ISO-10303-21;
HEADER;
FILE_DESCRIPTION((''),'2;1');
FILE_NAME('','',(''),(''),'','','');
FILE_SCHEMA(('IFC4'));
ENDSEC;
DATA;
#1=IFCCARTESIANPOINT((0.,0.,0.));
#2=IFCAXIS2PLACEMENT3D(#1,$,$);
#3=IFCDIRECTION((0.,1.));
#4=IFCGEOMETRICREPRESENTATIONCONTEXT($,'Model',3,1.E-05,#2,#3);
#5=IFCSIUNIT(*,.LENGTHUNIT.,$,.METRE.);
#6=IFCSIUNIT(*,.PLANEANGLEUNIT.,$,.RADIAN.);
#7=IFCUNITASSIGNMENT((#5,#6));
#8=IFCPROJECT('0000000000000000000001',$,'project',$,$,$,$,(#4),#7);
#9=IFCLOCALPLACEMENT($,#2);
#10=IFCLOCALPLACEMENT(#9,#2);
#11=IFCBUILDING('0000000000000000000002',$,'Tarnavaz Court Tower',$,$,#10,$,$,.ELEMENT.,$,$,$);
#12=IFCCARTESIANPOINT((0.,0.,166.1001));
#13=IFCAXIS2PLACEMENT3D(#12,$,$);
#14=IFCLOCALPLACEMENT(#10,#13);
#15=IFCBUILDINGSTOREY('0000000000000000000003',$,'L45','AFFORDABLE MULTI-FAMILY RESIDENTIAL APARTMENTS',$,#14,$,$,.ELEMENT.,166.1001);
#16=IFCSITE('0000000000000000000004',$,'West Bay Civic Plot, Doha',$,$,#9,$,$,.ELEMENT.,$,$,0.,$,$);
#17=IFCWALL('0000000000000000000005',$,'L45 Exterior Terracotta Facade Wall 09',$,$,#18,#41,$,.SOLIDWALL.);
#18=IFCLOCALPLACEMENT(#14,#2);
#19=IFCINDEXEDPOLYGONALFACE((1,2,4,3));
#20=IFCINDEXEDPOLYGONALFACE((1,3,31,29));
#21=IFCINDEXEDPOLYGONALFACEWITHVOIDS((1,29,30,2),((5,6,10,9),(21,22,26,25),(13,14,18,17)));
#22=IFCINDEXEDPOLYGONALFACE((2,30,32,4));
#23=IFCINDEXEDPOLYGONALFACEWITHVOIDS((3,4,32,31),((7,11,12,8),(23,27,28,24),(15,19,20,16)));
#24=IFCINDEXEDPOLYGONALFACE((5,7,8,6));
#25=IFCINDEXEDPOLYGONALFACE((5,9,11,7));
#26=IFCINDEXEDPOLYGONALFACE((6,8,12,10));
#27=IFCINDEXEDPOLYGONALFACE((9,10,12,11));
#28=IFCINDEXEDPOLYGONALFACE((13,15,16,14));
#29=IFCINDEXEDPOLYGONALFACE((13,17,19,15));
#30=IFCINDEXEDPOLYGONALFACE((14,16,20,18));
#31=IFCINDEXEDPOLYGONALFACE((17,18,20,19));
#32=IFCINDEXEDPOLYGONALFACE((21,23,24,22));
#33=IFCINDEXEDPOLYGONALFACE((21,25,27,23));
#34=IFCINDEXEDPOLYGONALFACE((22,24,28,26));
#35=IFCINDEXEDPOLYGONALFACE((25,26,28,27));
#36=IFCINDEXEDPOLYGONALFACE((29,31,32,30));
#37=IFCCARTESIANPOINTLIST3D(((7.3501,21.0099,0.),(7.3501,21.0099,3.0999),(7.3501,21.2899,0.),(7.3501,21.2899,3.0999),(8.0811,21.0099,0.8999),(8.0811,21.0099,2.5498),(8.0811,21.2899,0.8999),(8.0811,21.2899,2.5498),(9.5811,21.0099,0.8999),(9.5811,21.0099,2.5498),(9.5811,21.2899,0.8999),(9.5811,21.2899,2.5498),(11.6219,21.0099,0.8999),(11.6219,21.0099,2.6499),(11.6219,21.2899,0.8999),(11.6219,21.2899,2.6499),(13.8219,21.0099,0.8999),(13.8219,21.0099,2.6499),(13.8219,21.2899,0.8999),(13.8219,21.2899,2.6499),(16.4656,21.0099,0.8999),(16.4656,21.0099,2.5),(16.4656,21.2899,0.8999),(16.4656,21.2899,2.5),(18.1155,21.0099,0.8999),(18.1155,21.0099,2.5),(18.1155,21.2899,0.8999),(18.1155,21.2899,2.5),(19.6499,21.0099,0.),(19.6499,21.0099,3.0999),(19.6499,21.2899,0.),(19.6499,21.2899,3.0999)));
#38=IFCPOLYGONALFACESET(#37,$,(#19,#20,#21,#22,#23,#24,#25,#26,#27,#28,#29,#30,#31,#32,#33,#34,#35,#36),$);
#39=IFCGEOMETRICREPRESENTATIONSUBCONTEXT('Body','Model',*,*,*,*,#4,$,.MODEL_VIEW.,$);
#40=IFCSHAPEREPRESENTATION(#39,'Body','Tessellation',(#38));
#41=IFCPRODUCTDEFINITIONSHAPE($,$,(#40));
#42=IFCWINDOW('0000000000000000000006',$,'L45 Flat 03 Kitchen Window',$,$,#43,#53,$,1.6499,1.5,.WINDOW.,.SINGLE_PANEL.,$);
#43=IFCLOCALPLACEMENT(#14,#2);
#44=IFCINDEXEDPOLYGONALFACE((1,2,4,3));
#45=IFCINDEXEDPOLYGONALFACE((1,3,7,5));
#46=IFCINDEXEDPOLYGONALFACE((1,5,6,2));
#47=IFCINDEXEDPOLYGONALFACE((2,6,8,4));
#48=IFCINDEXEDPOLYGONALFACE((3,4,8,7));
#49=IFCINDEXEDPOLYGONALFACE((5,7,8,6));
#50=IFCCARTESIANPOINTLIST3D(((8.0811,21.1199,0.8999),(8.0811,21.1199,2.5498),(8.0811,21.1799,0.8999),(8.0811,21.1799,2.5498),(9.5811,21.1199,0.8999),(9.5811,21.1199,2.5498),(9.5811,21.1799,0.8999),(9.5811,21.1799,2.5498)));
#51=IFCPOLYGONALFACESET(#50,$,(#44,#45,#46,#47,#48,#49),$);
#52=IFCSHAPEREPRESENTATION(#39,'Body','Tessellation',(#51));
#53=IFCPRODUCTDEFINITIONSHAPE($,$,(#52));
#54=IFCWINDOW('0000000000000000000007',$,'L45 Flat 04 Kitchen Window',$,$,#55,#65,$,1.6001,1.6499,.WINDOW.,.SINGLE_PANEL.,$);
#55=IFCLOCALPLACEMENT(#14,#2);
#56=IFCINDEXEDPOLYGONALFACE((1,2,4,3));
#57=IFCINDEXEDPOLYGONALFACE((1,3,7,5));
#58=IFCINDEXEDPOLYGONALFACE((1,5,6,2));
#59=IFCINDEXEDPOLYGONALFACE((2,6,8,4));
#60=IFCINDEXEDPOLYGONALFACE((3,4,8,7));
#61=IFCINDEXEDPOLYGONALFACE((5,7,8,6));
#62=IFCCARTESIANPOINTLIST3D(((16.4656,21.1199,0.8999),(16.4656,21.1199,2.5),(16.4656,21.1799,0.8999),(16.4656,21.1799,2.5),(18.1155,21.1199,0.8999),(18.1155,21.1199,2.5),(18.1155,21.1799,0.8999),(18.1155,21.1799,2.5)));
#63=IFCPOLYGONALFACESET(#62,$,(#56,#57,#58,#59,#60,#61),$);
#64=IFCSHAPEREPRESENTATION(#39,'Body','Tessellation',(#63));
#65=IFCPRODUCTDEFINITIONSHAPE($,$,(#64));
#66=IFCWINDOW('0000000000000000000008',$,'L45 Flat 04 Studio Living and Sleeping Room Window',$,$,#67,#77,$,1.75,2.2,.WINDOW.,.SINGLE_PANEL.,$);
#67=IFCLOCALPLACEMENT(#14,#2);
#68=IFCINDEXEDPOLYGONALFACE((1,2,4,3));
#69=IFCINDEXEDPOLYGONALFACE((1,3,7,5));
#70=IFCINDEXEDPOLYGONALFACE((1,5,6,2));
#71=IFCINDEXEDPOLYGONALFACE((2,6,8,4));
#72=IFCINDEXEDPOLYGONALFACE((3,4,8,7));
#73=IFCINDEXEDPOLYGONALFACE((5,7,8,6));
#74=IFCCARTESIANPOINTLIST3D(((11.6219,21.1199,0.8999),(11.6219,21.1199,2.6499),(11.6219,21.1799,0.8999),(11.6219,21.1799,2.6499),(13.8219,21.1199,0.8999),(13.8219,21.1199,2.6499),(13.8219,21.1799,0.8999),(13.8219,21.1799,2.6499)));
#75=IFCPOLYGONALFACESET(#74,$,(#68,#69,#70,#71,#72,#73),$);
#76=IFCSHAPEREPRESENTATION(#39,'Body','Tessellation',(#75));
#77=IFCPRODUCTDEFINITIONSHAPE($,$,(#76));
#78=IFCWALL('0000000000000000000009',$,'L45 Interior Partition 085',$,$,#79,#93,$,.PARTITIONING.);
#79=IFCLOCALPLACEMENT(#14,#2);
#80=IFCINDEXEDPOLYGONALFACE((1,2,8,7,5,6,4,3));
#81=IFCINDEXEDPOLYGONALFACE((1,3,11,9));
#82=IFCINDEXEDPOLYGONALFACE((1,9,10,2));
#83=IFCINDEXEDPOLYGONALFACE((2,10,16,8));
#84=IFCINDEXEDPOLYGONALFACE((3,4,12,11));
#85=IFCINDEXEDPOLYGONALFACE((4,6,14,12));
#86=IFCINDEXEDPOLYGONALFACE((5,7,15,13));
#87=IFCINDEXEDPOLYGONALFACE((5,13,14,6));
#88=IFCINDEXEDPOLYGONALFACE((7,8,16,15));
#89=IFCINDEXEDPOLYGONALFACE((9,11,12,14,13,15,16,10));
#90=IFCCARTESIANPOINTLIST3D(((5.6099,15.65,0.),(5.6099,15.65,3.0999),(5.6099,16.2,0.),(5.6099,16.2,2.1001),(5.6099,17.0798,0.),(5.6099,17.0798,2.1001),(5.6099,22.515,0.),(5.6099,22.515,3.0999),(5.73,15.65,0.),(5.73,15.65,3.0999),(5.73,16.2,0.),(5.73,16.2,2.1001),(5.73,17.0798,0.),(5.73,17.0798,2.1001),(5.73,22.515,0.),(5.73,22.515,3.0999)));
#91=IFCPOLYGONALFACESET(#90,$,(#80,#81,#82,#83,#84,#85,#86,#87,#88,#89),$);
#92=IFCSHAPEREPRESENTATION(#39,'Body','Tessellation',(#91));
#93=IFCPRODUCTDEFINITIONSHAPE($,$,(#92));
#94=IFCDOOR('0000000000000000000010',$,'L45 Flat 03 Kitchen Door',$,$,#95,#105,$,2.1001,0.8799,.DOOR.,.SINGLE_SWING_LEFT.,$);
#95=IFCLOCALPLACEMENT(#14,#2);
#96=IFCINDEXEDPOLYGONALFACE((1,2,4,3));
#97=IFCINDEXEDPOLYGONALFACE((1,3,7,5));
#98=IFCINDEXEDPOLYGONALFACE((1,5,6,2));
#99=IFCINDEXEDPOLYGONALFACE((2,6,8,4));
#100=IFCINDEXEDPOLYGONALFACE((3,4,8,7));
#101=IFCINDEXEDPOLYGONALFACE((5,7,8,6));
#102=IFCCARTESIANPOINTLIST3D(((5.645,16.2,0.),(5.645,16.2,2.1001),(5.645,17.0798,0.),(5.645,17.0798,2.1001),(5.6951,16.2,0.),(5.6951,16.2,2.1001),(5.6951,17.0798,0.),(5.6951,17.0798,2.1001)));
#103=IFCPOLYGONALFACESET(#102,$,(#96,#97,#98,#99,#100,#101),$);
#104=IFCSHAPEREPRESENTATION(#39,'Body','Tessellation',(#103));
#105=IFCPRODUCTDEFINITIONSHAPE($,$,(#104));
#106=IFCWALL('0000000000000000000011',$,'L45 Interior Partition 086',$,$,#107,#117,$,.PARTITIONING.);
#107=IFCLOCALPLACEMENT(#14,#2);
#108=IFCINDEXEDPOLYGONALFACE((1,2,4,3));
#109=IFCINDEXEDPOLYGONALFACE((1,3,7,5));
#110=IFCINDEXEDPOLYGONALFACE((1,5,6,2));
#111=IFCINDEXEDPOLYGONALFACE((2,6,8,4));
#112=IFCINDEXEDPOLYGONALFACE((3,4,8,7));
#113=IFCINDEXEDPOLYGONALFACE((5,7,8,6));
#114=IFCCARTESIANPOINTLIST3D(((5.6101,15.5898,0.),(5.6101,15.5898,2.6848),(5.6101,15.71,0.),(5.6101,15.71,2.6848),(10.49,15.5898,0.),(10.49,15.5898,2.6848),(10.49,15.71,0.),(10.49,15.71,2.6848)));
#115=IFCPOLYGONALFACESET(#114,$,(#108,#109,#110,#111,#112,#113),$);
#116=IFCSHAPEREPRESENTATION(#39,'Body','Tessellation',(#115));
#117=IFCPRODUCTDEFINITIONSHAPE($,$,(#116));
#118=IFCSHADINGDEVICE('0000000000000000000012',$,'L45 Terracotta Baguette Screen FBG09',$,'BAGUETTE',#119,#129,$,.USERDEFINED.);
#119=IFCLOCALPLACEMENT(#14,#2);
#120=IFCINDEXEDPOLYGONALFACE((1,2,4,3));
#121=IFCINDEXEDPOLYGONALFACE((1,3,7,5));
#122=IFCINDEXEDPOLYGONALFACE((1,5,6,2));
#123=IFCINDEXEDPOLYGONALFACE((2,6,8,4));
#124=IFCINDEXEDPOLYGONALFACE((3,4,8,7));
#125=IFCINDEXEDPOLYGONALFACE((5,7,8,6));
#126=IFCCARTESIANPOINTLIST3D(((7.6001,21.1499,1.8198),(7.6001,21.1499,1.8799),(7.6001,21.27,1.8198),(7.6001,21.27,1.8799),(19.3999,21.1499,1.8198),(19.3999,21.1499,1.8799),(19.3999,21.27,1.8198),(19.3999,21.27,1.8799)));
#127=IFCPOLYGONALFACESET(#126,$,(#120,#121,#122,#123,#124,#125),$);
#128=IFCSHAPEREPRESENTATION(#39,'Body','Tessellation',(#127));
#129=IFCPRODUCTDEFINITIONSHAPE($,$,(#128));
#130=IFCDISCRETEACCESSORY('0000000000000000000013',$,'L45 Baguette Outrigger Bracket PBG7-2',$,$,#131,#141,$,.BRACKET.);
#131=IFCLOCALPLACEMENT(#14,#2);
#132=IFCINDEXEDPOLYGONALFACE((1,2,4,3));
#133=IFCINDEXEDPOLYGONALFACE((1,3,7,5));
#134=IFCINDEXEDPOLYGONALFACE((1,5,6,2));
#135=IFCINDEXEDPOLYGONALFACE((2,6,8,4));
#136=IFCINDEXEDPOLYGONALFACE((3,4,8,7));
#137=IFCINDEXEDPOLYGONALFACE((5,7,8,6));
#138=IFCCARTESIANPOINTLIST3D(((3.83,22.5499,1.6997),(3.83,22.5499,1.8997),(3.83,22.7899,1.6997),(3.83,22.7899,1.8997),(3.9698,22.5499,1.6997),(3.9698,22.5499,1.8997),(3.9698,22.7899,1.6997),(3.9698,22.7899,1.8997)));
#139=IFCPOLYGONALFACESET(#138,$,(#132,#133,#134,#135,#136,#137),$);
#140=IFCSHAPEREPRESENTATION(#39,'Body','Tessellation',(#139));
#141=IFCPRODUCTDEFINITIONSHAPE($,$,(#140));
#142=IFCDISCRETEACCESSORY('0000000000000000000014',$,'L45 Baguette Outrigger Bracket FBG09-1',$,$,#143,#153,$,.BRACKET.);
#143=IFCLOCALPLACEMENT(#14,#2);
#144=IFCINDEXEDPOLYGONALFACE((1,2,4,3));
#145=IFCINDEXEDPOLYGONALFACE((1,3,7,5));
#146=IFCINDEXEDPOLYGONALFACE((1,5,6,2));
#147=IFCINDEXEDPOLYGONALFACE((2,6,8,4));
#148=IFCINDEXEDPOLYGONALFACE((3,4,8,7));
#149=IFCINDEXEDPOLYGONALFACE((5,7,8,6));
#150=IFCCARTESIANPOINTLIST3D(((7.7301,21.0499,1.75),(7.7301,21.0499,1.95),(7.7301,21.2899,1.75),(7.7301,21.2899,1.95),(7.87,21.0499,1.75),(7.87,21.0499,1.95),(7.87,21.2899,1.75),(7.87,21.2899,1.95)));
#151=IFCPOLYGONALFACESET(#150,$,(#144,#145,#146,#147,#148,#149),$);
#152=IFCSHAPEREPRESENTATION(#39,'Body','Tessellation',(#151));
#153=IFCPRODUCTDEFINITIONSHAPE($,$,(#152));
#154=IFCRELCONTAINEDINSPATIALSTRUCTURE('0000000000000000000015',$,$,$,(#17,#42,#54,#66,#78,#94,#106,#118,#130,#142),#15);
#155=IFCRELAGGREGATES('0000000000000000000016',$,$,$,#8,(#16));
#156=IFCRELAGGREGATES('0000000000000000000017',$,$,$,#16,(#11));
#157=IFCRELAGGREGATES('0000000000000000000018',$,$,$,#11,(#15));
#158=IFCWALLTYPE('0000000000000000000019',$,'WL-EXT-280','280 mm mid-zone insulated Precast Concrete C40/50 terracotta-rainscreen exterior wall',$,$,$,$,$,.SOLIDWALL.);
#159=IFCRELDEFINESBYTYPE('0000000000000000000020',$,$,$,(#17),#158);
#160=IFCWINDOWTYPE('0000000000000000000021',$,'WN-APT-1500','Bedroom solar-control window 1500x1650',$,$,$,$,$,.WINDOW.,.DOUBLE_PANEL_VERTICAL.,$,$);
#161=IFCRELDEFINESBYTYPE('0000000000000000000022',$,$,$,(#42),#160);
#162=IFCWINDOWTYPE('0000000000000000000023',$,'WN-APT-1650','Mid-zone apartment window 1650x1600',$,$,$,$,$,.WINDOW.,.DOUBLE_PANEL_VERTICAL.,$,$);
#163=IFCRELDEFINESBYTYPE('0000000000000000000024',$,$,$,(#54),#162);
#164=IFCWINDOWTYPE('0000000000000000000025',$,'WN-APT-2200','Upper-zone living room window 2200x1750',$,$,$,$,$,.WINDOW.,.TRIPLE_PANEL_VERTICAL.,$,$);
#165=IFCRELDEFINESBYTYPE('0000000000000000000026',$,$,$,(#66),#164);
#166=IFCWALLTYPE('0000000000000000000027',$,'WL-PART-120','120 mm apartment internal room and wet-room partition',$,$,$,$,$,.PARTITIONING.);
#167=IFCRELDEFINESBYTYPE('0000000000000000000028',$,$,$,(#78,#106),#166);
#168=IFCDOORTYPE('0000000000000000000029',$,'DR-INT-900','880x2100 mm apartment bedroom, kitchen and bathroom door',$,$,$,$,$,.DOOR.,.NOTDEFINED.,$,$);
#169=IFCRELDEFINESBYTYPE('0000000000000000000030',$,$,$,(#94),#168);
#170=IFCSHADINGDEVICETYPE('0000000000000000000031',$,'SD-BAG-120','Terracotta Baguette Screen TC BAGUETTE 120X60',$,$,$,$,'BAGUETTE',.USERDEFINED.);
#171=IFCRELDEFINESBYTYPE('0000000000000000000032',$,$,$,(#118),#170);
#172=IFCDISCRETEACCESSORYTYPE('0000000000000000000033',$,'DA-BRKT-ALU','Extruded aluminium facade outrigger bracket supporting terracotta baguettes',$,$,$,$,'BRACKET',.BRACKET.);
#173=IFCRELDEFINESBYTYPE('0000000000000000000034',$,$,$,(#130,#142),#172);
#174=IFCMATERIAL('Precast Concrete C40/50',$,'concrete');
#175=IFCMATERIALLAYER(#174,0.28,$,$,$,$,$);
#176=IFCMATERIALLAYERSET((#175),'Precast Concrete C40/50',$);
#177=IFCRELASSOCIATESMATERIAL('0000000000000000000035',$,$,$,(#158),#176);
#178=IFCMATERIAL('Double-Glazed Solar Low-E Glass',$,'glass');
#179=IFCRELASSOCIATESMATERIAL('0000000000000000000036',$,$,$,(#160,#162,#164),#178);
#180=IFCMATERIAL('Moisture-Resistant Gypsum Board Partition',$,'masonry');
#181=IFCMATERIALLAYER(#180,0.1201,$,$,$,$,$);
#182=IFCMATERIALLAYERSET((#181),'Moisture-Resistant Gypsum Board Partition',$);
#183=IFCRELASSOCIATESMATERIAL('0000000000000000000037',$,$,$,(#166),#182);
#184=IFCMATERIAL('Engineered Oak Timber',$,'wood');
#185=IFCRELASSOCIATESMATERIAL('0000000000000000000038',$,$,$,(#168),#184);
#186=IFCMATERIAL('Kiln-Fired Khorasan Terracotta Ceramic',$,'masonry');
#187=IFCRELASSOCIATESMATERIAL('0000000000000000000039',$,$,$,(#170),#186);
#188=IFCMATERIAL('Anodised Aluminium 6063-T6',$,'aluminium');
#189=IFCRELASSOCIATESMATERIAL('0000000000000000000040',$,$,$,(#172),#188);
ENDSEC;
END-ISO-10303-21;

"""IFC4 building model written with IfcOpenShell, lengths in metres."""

from ifc_helpers import new_model, si_unit, direction, frame, frame_2d, origin, origin_2d, place, context, subcontext, project, spatial, rectangle, extrude, material, layer, layer_set, material_profile, profile_set, type_object, element, fill, save


model = new_model("IFC4")

# Units and contexts
model_context = context("Model", 3, precision=1e-05, world=origin(), true_north=direction((0.0, 1.0)))
body_context = subcontext(model_context, "Body", "Model", "MODEL_VIEW")
ifc_project = project(units=[si_unit("LENGTHUNIT", "METRE"), si_unit("PLANEANGLEUNIT", "RADIAN")], contexts=[model_context])

# Site, building, storey
site_placement = place(None, origin())
site = spatial("IfcSite", under=ifc_project, at=site_placement, Name="West Bay Civic Plot, Doha", CompositionType="ELEMENT", RefElevation=0.0)
building_placement = place(site_placement, origin())
building = spatial("IfcBuilding", under=site, at=building_placement, Name="Tarnavaz Court Tower", CompositionType="ELEMENT")
storey_placement = place(building_placement, frame((0.0, 0.0, 166.1001)))
storey = spatial("IfcBuildingStorey", under=building, at=storey_placement, Name="L45", Description="AFFORDABLE MULTI-FAMILY RESIDENTIAL APARTMENTS", CompositionType="ELEMENT", Elevation=166.1001)

# Shared definitions
ifc_material_1 = material(Name="Anodised Aluminium 6063-T6", Category="aluminium")
ifc_material_2 = material(Name="Double-Glazed Solar Low-E Glass", Category="glass")

# Shared definitions
ifc_material_3 = material(Name="Precast Concrete C40/50", Category="concrete")
ifc_layer_1 = layer(ifc_material_3, 0.28)
ifc_layer_set_1 = layer_set([ifc_layer_1], Name="Precast Concrete C40/50")
wall_type_1 = type_object("IfcWallType", Name="WL-EXT-280", Description="280 mm mid-zone insulated Precast Concrete C40/50 terracotta-rainscreen exterior wall", PredefinedType="SOLIDWALL", material=ifc_layer_set_1)

# Wall, openings, windows
wall_1_placement = place(storey_placement, frame((7.3501, 21.1499, 0.0), z_axis=(0.0, 0.0, 1.0), x_axis=(1.0, 0.0, 0.0)))
wall_1 = element("IfcWall", 1, at=wall_1_placement, inside=storey, type_object=wall_type_1, Name="L45 Exterior Terracotta Facade Wall 09", PredefinedType="SOLIDWALL", context=body_context, shape_type="SweptSolid", body=[
    extrude(rectangle(XDim=12.2998, YDim=0.28, at=frame_2d((6.1499, 0.0))), origin(), (0.0, 0.0, 1.0), 3.0999),
])
opening_1_placement = place(wall_1_placement, frame((0.731, 0.0, 0.8999)))
opening_1 = element("IfcOpeningElement", 2, at=opening_1_placement, cuts=wall_1, PredefinedType="OPENING", context=body_context, shape_type="SweptSolid", body=[
    extrude(rectangle(XDim=1.5, YDim=1.6499, at=frame_2d((0.75, 0.825))), frame((0.0, 0.1499, 0.0), z_axis=(0.0, -1.0, 0.0), x_axis=(1.0, 0.0, 0.0)), (0.0, 0.0, 1.0), 0.3),
])
opening_2_placement = place(wall_1_placement, frame((4.2717, 0.0, 0.8999)))
opening_2 = element("IfcOpeningElement", 3, at=opening_2_placement, cuts=wall_1, PredefinedType="OPENING", context=body_context, shape_type="SweptSolid", body=[
    extrude(rectangle(XDim=2.2, YDim=1.75, at=frame_2d((1.1001, 0.875))), frame((0.0, 0.1499, 0.0), z_axis=(0.0, -1.0, 0.0), x_axis=(1.0, 0.0, 0.0)), (0.0, 0.0, 1.0), 0.3),
])
opening_3_placement = place(wall_1_placement, frame((9.1155, 0.0, 0.8999)))
opening_3 = element("IfcOpeningElement", 4, at=opening_3_placement, cuts=wall_1, PredefinedType="OPENING", context=body_context, shape_type="SweptSolid", body=[
    extrude(rectangle(XDim=1.6499, YDim=1.6001, at=frame_2d((0.825, 0.8))), frame((0.0, 0.1499, 0.0), z_axis=(0.0, -1.0, 0.0), x_axis=(1.0, 0.0, 0.0)), (0.0, 0.0, 1.0), 0.3),
])
window_type_1 = type_object("IfcWindowType", Name="WN-APT-1500", Description="Bedroom solar-control window 1500x1650", PartitioningType="DOUBLE_PANEL_VERTICAL", PredefinedType="WINDOW", material=ifc_material_2)
window_1_placement = place(opening_1_placement, origin())
window_1 = element("IfcWindow", 5, at=window_1_placement, inside=storey, type_object=window_type_1, Name="L45 Flat 03 Kitchen Window", OverallHeight=1.6499, OverallWidth=1.5, PartitioningType="SINGLE_PANEL", PredefinedType="WINDOW", context=body_context, shape_type="SweptSolid", body=[
    extrude(rectangle(XDim=1.5, YDim=1.6499, at=frame_2d((0.75, 0.825))), frame((0.0, 0.03, 0.0), z_axis=(0.0, -1.0, 0.0), x_axis=(1.0, 0.0, 0.0)), (0.0, 0.0, 1.0), 0.0601),
])
fill(opening_1, window_1)
window_type_2 = type_object("IfcWindowType", Name="WN-APT-1650", Description="Mid-zone apartment window 1650x1600", PartitioningType="DOUBLE_PANEL_VERTICAL", PredefinedType="WINDOW", material=ifc_material_2)
window_2_placement = place(opening_3_placement, origin())
window_2 = element("IfcWindow", 6, at=window_2_placement, inside=storey, type_object=window_type_2, Name="L45 Flat 04 Kitchen Window", OverallHeight=1.6001, OverallWidth=1.6499, PartitioningType="SINGLE_PANEL", PredefinedType="WINDOW", context=body_context, shape_type="SweptSolid", body=[
    extrude(rectangle(XDim=1.6499, YDim=1.6001, at=frame_2d((0.825, 0.8))), frame((0.0, 0.03, 0.0), z_axis=(0.0, -1.0, 0.0), x_axis=(1.0, 0.0, 0.0)), (0.0, 0.0, 1.0), 0.0601),
])
fill(opening_3, window_2)
window_type_3 = type_object("IfcWindowType", Name="WN-APT-2200", Description="Upper-zone living room window 2200x1750", PartitioningType="TRIPLE_PANEL_VERTICAL", PredefinedType="WINDOW", material=ifc_material_2)
window_3_placement = place(opening_2_placement, origin())
window_3 = element("IfcWindow", 7, at=window_3_placement, inside=storey, type_object=window_type_3, Name="L45 Flat 04 Studio Living and Sleeping Room Window", OverallHeight=1.75, OverallWidth=2.2, PartitioningType="SINGLE_PANEL", PredefinedType="WINDOW", context=body_context, shape_type="SweptSolid", body=[
    extrude(rectangle(XDim=2.2, YDim=1.75, at=frame_2d((1.1001, 0.875))), frame((0.0, 0.03, 0.0), z_axis=(0.0, -1.0, 0.0), x_axis=(1.0, 0.0, 0.0)), (0.0, 0.0, 1.0), 0.0601),
])
fill(opening_2, window_3)

# Wall, opening, door
ifc_material_4 = material(Name="Moisture-Resistant Gypsum Board Partition", Category="masonry")
ifc_layer_2 = layer(ifc_material_4, 0.1201)
ifc_layer_set_2 = layer_set([ifc_layer_2], Name="Moisture-Resistant Gypsum Board Partition")
wall_type_2 = type_object("IfcWallType", Name="WL-PART-120", Description="120 mm apartment internal room and wet-room partition", PredefinedType="PARTITIONING", material=ifc_layer_set_2)
wall_2_placement = place(storey_placement, frame((5.6699, 15.6499, 0.0), z_axis=(0.0, 0.0, 1.0), x_axis=(0.0, 1.0, 0.0)))
wall_2 = element("IfcWall", 8, at=wall_2_placement, inside=storey, type_object=wall_type_2, Name="L45 Interior Partition 085", PredefinedType="PARTITIONING", context=body_context, shape_type="SweptSolid", body=[
    extrude(rectangle(XDim=6.865, YDim=0.1201, at=frame_2d((3.4326, 0.0))), origin(), (0.0, 0.0, 1.0), 3.0999),
])
opening_4_placement = place(wall_2_placement, frame((0.55, 0.0, 0.0)))
opening_4 = element("IfcOpeningElement", 9, at=opening_4_placement, cuts=wall_2, PredefinedType="OPENING", context=body_context, shape_type="SweptSolid", body=[
    extrude(rectangle(XDim=0.8799, YDim=2.1001, at=frame_2d((0.4399, 1.05))), frame((0.0, 0.0701, 0.0), z_axis=(0.0, -1.0, 0.0), x_axis=(1.0, 0.0, 0.0)), (0.0, 0.0, 1.0), 0.1401),
])
ifc_material_5 = material(Name="Engineered Oak Timber", Category="wood")
door_type = type_object("IfcDoorType", Name="DR-INT-900", Description="880x2100 mm apartment bedroom, kitchen and bathroom door", OperationType="NOTDEFINED", PredefinedType="DOOR", material=ifc_material_5)
door_placement = place(opening_4_placement, origin())
door = element("IfcDoor", 10, at=door_placement, inside=storey, type_object=door_type, Name="L45 Flat 03 Kitchen Door", OperationType="SINGLE_SWING_LEFT", OverallHeight=2.1001, OverallWidth=0.8799, PredefinedType="DOOR", context=body_context, shape_type="SweptSolid", body=[
    extrude(rectangle(XDim=0.8799, YDim=2.1001, at=frame_2d((0.4399, 1.05))), frame((0.0, 0.0249, 0.0), z_axis=(0.0, -1.0, 0.0), x_axis=(1.0, 0.0, 0.0)), (0.0, 0.0, 1.0), 0.05),
])
fill(opening_4, door)

# Wall
wall_3_placement = place(storey_placement, frame((5.6101, 15.6499, 0.0), z_axis=(0.0, 0.0, 1.0), x_axis=(1.0, 0.0, 0.0)))
element("IfcWall", 11, at=wall_3_placement, inside=storey, type_object=wall_type_2, Name="L45 Interior Partition 086", PredefinedType="PARTITIONING", context=body_context, shape_type="SweptSolid", body=[
    extrude(rectangle(XDim=4.8799, YDim=0.1201, at=frame_2d((2.4399, 0.0))), origin(), (0.0, 0.0, 1.0), 2.6848),
])

# Shading device
ifc_material_6 = material(Name="Kiln-Fired Khorasan Terracotta Ceramic", Category="masonry")
ifc_material_profile_1 = material_profile(ifc_material_6, rectangle(XDim=0.1201, YDim=0.0601, at=origin_2d()), Name="TC BAGUETTE 120X60")
ifc_profile_set_1 = profile_set([ifc_material_profile_1], Name="Kiln-Fired Khorasan Terracotta Ceramic")
shading_device_type = type_object("IfcShadingDeviceType", Name="SD-BAG-120", Description="Terracotta Baguette Screen TC BAGUETTE 120X60", ElementType="BAGUETTE", PredefinedType="USERDEFINED", material=ifc_profile_set_1)
shading_device_placement = place(storey_placement, frame((7.6001, 21.21, 1.8499), z_axis=(1.0, 0.0, 0.0), x_axis=(0.0, 1.0, 0.0)))
element("IfcShadingDevice", 12, at=shading_device_placement, inside=storey, type_object=shading_device_type, Name="L45 Terracotta Baguette Screen FBG09", ObjectType="BAGUETTE", PredefinedType="USERDEFINED", context=body_context, shape_type="SweptSolid", body=[
    extrude(rectangle(XDim=0.1201, YDim=0.0601, at=origin_2d()), origin(), (0.0, 0.0, 1.0), 11.7998),
])

# Discrete accessories
discrete_accessory_type = type_object("IfcDiscreteAccessoryType", Name="DA-BRKT-ALU", Description="Extruded aluminium facade outrigger bracket supporting terracotta baguettes", ElementType="BRACKET", PredefinedType="BRACKET", material=ifc_material_1)
for number, where, z_axis, x_axis, name in (
    (13, (3.8999, 22.6699, 1.6997), (0.0, 0.0, 1.0), (1.0, 0.0, 0.0), "L45 Baguette Outrigger Bracket PBG7-2"),
    (14, (7.8, 21.1699, 1.75), (0.0, 0.0, 1.0), (1.0, 0.0, 0.0), "L45 Baguette Outrigger Bracket FBG09-1"),
):
    element("IfcDiscreteAccessory", number, at=place(storey_placement, frame(where, z_axis=z_axis, x_axis=x_axis)), inside=storey, type_object=discrete_accessory_type, Name=name, PredefinedType="BRACKET", context=body_context, shape_type="SweptSolid", body=[
        extrude(rectangle(XDim=0.1399, YDim=0.24, at=origin_2d()), origin(), (0.0, 0.0, 1.0), 0.2),
    ])

save(model, "model.ifc")
